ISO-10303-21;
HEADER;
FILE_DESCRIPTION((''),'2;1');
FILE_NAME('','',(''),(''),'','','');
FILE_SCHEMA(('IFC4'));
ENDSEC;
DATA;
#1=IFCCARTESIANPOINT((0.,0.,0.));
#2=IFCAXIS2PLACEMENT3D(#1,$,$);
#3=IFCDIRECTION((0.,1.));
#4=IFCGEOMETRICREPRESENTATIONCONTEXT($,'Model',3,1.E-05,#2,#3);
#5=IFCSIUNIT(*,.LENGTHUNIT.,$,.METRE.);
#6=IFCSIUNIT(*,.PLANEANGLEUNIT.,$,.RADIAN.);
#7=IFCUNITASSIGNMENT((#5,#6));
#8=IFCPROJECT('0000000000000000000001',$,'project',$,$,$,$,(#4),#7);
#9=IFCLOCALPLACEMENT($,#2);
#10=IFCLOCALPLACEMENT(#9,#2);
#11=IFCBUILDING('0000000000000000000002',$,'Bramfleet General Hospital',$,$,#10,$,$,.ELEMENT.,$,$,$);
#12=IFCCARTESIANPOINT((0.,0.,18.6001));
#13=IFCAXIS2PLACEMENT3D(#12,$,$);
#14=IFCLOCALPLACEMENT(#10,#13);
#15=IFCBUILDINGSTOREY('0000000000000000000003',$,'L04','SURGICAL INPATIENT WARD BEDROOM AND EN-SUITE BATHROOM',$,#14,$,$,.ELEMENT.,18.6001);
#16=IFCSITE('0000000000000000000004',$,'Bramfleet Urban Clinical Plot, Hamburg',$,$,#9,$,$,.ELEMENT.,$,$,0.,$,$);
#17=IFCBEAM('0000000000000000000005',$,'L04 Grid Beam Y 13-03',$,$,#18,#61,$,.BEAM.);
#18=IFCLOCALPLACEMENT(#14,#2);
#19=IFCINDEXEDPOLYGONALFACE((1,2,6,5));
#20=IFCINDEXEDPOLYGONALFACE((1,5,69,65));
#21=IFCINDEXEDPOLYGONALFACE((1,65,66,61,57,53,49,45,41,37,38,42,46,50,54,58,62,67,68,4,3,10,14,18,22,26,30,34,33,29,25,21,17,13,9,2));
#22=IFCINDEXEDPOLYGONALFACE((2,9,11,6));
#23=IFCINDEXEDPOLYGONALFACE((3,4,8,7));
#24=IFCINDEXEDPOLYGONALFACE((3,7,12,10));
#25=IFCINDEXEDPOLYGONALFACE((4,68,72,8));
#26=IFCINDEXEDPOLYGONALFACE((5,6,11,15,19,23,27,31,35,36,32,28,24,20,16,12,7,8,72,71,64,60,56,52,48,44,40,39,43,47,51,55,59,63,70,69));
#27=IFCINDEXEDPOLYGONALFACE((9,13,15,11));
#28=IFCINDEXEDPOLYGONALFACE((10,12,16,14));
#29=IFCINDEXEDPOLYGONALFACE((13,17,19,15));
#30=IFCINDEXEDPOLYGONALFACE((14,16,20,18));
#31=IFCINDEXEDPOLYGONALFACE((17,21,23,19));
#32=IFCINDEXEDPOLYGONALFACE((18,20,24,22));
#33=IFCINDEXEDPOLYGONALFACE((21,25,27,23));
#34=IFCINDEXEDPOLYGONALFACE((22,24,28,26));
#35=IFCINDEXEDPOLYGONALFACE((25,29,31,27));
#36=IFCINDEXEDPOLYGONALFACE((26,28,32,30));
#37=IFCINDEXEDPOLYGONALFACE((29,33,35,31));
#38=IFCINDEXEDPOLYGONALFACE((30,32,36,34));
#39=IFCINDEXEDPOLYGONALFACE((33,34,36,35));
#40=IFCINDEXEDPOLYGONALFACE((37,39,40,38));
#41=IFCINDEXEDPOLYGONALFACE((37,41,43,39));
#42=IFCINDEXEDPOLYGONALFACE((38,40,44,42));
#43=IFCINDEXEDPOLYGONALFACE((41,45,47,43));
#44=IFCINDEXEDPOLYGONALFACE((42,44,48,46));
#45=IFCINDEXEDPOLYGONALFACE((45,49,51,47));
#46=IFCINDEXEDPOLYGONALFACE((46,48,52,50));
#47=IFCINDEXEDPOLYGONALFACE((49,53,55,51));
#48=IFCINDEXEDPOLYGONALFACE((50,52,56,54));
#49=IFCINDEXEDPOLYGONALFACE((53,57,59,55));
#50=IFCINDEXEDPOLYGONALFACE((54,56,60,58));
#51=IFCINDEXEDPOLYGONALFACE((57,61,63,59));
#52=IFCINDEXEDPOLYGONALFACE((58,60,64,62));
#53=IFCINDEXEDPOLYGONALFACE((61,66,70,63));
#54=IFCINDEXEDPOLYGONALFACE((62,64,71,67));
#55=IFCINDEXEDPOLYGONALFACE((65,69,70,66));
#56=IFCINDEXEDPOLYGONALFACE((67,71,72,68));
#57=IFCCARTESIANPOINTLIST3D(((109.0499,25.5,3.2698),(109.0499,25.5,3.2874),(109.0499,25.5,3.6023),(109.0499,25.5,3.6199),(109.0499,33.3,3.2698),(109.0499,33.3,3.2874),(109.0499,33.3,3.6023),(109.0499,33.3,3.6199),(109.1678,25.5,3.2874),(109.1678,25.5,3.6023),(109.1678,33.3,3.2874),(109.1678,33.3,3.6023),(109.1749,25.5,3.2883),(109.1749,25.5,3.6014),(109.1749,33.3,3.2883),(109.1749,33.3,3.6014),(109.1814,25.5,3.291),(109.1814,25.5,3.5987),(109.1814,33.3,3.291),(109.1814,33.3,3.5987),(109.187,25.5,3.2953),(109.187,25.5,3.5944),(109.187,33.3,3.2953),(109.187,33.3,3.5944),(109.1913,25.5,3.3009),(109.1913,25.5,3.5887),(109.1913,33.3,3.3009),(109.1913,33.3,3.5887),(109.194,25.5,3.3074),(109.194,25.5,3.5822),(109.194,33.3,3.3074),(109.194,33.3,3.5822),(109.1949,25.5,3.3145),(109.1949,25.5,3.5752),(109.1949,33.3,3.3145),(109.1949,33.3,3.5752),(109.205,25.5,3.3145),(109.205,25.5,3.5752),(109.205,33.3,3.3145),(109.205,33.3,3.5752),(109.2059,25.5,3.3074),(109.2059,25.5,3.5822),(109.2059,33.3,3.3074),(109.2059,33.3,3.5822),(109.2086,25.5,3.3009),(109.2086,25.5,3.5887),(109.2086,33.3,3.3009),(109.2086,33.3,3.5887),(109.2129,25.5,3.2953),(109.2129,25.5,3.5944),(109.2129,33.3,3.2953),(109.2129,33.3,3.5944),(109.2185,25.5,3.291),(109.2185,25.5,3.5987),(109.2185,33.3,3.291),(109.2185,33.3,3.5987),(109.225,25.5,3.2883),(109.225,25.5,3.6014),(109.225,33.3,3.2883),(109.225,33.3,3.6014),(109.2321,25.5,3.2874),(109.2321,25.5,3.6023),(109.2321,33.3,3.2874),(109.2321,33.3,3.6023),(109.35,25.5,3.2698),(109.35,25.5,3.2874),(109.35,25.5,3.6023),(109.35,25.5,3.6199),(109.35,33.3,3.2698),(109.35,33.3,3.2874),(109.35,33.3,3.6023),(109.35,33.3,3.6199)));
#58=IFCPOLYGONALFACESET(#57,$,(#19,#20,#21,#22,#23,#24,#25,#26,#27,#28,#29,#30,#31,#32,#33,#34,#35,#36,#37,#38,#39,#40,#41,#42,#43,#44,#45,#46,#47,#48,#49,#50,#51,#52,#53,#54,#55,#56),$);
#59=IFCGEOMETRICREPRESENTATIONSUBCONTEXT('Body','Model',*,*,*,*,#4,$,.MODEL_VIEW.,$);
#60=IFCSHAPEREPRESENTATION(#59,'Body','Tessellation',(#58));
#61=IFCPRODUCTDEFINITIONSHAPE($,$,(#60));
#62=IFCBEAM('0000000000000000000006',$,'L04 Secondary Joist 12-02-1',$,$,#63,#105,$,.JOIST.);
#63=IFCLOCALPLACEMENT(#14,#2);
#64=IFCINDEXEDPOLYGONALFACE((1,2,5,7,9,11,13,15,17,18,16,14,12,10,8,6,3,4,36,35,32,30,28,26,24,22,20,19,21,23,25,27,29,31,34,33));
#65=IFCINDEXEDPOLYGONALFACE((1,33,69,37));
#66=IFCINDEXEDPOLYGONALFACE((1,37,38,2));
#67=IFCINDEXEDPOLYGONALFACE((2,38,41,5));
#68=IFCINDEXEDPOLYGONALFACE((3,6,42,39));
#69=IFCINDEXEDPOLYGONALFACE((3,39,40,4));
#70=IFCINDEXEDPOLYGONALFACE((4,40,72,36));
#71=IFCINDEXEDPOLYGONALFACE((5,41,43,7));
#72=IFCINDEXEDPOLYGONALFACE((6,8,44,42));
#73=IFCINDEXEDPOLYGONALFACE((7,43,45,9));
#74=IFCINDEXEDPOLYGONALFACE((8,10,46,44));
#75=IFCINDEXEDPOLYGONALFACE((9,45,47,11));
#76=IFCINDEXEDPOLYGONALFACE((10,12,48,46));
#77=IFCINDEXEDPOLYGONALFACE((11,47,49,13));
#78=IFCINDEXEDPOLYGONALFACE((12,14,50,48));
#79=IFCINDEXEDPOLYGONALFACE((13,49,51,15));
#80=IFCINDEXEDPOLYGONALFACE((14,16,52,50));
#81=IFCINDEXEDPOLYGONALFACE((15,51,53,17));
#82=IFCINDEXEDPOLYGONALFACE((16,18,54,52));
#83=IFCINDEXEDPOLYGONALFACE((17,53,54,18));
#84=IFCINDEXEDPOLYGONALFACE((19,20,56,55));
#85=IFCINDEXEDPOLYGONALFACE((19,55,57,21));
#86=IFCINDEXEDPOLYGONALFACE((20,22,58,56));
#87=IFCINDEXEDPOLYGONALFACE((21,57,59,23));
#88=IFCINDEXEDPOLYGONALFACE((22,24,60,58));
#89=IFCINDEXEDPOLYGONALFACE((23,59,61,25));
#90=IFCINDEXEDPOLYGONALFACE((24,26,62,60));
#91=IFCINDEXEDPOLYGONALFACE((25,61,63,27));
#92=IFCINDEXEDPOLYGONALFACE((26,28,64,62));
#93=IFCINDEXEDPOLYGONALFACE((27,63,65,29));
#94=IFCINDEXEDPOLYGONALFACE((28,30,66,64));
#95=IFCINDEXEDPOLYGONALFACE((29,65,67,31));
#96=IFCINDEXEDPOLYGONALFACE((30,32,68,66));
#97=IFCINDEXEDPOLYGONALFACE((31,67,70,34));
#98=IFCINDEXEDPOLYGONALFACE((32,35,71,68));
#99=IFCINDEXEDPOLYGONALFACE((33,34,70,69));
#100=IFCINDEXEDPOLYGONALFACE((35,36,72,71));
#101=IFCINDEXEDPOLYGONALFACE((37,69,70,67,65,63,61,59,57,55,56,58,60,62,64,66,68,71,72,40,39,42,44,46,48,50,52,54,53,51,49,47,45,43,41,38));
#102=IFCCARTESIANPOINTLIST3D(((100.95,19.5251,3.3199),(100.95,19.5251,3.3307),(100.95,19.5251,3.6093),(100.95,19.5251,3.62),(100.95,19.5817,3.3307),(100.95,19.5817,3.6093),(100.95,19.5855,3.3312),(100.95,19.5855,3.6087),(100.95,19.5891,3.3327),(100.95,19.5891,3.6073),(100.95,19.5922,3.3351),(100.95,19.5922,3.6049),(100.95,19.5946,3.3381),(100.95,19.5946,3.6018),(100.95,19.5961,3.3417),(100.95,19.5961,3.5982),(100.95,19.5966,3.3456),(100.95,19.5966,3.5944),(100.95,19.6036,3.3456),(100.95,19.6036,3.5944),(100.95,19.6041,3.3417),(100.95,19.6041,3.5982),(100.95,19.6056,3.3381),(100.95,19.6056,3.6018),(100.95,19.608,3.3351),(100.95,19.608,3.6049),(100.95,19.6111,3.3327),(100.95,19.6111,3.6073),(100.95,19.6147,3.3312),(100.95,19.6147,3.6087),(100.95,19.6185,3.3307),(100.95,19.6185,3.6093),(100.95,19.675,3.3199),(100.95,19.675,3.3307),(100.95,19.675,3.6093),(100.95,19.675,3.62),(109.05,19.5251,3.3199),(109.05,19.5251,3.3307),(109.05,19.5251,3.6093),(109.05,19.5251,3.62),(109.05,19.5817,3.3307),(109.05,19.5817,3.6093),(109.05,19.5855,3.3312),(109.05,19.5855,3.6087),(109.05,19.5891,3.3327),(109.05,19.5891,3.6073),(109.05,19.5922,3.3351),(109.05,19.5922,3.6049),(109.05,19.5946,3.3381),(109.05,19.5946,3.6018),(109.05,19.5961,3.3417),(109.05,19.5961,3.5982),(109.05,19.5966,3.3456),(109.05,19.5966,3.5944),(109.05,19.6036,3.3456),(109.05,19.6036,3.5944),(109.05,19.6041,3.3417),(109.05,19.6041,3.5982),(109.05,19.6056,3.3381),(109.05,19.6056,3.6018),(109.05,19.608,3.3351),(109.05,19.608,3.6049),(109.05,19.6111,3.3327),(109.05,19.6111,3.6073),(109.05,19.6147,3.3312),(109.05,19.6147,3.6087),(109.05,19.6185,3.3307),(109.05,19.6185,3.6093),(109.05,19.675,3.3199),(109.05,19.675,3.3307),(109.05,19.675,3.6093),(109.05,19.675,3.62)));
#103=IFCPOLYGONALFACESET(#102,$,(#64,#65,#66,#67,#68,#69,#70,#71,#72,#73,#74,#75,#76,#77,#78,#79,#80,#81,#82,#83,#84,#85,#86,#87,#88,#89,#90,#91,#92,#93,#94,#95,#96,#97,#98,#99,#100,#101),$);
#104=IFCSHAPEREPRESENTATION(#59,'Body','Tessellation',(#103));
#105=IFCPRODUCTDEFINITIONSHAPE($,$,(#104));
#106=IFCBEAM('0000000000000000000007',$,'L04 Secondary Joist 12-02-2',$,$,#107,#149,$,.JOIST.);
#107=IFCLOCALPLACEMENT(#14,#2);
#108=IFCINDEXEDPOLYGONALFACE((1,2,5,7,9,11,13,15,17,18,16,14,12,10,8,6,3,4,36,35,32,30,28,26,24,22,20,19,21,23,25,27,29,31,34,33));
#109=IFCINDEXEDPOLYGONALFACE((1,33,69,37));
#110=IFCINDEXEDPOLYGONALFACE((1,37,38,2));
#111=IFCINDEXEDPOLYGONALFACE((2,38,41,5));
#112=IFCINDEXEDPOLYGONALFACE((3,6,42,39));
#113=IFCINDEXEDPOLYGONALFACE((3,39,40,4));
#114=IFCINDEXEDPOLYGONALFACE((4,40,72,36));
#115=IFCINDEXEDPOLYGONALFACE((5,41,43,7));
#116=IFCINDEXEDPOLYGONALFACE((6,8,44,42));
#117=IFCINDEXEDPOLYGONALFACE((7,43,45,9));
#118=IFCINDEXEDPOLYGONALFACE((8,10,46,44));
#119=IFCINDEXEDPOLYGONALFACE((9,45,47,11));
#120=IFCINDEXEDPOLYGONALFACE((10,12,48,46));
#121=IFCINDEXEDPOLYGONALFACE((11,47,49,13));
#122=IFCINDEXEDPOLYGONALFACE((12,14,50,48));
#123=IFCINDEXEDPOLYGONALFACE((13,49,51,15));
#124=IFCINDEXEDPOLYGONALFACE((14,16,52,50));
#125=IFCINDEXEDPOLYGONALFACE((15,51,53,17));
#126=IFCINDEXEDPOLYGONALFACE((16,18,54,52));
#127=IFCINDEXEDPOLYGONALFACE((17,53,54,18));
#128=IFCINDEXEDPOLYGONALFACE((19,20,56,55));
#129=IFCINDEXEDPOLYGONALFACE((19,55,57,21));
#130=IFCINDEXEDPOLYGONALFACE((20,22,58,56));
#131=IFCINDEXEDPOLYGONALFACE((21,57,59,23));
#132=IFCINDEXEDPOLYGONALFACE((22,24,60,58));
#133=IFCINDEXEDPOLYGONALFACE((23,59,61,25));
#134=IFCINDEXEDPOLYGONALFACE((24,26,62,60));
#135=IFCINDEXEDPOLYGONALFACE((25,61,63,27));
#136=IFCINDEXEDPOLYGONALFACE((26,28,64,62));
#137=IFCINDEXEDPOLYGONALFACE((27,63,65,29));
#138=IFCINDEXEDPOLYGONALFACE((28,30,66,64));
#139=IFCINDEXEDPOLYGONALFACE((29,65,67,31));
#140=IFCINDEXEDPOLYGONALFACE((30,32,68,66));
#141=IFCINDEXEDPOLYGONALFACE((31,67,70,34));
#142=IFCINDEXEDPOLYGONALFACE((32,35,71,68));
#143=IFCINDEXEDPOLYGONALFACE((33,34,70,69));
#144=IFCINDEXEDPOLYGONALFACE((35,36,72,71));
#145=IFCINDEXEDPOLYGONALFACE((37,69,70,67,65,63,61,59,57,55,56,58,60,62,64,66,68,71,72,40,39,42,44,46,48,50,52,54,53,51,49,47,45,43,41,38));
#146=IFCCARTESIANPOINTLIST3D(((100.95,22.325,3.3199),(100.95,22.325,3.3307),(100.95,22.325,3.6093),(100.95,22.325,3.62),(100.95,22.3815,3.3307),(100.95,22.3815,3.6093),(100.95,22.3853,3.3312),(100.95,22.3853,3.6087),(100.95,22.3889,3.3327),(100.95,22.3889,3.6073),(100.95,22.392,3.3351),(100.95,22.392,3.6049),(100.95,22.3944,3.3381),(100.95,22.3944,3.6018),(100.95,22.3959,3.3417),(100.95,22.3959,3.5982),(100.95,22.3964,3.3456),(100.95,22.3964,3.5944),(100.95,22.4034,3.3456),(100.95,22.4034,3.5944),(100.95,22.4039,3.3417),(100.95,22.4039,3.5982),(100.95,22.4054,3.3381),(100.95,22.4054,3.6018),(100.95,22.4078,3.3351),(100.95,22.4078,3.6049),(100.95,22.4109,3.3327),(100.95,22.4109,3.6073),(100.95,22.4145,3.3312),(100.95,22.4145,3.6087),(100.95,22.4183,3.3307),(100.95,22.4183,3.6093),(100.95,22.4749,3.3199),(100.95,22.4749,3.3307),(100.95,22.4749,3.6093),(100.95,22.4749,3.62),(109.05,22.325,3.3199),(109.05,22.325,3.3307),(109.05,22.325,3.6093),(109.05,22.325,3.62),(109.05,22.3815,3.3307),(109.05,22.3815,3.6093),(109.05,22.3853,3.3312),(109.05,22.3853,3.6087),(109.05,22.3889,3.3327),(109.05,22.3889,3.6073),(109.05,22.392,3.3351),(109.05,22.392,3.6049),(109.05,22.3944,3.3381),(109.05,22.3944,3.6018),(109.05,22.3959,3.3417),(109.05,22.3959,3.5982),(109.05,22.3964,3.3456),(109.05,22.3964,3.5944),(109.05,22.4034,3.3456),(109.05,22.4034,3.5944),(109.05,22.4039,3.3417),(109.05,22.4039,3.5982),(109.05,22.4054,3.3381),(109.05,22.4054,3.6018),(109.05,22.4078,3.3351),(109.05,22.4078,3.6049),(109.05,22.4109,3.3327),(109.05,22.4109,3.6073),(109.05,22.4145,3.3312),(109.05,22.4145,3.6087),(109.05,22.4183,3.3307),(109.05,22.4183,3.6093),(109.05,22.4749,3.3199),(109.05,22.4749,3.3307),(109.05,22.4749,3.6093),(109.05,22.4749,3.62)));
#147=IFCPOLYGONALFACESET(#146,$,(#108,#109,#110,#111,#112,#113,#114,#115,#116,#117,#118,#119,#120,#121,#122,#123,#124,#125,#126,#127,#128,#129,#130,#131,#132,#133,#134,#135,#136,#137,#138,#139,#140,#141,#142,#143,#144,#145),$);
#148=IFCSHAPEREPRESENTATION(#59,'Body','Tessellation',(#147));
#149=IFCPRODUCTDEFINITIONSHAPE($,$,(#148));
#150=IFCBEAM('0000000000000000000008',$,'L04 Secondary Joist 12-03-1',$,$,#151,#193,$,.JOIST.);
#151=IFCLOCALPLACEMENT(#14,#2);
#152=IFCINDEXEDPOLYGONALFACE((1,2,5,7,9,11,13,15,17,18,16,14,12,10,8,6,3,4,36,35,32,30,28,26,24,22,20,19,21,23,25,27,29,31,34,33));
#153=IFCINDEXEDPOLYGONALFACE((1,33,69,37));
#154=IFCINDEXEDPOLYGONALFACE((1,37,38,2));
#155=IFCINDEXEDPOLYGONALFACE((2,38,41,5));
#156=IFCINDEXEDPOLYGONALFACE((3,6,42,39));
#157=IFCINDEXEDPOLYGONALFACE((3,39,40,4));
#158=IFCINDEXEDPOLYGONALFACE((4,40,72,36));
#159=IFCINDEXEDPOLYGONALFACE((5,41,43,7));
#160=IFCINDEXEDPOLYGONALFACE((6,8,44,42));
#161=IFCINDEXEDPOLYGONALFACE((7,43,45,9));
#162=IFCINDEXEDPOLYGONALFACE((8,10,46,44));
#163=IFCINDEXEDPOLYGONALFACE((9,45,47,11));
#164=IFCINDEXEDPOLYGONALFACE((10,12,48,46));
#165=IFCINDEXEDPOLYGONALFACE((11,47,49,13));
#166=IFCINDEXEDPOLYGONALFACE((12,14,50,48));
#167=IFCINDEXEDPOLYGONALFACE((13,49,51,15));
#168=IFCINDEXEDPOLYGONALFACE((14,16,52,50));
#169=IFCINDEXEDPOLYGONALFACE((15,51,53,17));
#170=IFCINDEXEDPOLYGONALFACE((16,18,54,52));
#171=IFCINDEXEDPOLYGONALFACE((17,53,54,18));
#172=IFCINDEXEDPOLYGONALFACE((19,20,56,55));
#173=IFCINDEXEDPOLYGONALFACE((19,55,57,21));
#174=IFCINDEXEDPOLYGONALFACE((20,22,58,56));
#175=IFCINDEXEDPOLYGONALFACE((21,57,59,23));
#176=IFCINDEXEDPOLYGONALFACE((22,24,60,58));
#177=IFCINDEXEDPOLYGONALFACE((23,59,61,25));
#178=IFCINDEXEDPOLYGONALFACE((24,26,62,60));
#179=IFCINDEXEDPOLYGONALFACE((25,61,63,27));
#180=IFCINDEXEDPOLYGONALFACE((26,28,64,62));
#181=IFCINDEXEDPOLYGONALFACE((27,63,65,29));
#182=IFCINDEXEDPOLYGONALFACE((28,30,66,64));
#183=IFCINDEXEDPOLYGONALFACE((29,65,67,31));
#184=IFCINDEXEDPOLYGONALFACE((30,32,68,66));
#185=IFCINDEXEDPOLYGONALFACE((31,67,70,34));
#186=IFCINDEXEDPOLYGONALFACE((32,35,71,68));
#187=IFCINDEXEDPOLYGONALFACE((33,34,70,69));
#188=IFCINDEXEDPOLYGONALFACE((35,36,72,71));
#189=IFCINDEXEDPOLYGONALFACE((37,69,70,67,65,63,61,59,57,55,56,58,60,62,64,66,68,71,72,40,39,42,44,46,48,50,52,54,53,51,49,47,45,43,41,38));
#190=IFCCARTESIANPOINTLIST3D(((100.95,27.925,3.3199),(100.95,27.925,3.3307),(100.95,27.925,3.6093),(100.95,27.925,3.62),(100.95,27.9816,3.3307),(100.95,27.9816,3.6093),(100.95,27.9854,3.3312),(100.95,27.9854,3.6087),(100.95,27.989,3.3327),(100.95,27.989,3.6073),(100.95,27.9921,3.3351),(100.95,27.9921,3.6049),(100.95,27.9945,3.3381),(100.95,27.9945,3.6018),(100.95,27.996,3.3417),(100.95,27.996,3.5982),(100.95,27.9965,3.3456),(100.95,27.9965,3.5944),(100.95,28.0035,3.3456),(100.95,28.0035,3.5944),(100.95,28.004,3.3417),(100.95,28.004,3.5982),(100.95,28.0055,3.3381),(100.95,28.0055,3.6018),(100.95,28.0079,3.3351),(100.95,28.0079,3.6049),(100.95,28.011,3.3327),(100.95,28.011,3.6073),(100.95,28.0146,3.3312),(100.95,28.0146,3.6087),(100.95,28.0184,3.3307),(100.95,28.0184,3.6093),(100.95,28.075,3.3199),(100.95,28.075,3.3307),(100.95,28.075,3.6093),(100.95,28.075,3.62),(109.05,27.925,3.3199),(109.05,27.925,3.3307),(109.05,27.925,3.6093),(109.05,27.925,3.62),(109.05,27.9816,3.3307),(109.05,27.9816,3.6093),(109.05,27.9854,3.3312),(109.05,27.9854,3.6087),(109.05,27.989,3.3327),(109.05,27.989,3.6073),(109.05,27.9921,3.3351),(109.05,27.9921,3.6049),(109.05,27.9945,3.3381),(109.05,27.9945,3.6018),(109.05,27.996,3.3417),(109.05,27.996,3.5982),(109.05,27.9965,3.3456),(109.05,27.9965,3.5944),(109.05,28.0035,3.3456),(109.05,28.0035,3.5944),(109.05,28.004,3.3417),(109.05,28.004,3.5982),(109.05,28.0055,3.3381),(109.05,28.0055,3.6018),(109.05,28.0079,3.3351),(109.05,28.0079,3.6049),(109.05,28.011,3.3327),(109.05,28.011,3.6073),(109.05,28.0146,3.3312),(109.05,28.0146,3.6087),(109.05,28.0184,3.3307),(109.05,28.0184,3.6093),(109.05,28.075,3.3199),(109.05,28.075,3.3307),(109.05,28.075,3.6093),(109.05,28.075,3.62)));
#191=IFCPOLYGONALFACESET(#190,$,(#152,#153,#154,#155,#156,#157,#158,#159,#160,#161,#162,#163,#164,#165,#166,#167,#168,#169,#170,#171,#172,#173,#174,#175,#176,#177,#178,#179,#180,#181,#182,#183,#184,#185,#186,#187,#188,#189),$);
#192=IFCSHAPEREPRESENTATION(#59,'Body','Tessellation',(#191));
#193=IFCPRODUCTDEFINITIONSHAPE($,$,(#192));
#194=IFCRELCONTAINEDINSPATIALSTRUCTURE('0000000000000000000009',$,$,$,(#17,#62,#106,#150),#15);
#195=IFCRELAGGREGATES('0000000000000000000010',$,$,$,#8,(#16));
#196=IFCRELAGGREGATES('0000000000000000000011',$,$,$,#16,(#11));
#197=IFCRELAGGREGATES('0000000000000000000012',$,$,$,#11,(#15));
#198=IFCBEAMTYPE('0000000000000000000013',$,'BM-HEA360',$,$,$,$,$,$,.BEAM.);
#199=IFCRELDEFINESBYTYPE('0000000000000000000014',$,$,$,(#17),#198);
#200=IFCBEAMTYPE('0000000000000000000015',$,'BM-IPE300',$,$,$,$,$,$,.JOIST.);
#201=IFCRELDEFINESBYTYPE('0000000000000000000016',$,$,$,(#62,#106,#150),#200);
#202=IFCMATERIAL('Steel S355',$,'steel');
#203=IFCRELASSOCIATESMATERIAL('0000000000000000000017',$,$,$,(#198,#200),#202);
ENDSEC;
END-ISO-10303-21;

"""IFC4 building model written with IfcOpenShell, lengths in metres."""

from ifc_helpers import new_model, si_unit, direction, frame, origin, origin_2d, place, context, subcontext, project, spatial, i_section, extrude, material, material_profile, profile_set, type_object, element, save


model = new_model("IFC4")

# Units and contexts
model_context = context("Model", 3, precision=1e-05, world=origin(), true_north=direction((0.0, 1.0)))
body_context = subcontext(model_context, "Body", "Model", "MODEL_VIEW")
ifc_project = project(units=[si_unit("LENGTHUNIT", "METRE"), si_unit("PLANEANGLEUNIT", "RADIAN")], contexts=[model_context])

# Site, building, storey
site_placement = place(None, origin())
site = spatial("IfcSite", under=ifc_project, at=site_placement, Name="Bramfleet Urban Clinical Plot, Hamburg", CompositionType="ELEMENT", RefElevation=0.0)
building_placement = place(site_placement, origin())
building = spatial("IfcBuilding", under=site, at=building_placement, Name="Bramfleet General Hospital", CompositionType="ELEMENT")
storey_placement = place(building_placement, frame((0.0, 0.0, 18.6001)))
storey = spatial("IfcBuildingStorey", under=building, at=storey_placement, Name="L04", Description="SURGICAL INPATIENT WARD BEDROOM AND EN-SUITE BATHROOM", CompositionType="ELEMENT", Elevation=18.6001)

# Beams
ifc_material_1 = material(Name="Steel S355", Category="steel")
ifc_material_profile_1 = material_profile(ifc_material_1, i_section(OverallWidth=0.3, OverallDepth=0.3501, WebThickness=0.01, FlangeThickness=0.0176, FilletRadius=0.0271, at=origin_2d()), Name="HEA 360")
ifc_profile_set_1 = profile_set([ifc_material_profile_1], Name="Steel S355")
beam_type_1 = type_object("IfcBeamType", Name="BM-HEA360", PredefinedType="BEAM", material=ifc_profile_set_1)
beam_1_placement = place(storey_placement, frame((109.2, 25.5, 3.4448), z_axis=(0.0, 1.0, 0.0), x_axis=(-1.0, 0.0, 0.0)))
element("IfcBeam", 1, at=beam_1_placement, inside=storey, type_object=beam_type_1, Name="L04 Grid Beam Y 13-03", PredefinedType="BEAM", context=body_context, shape_type="SweptSolid", body=[
    extrude(i_section(OverallWidth=0.3, OverallDepth=0.3501, WebThickness=0.01, FlangeThickness=0.0176, FilletRadius=0.0271, at=origin_2d()), origin(), (0.0, 0.0, 1.0), 7.8),
])
ifc_material_profile_2 = material_profile(ifc_material_1, i_section(OverallWidth=0.1499, OverallDepth=0.3, WebThickness=0.0071, FlangeThickness=0.0107, FilletRadius=0.0149, at=origin_2d()), Name="IPE 300")
ifc_profile_set_2 = profile_set([ifc_material_profile_2], Name="Steel S355")
beam_type_2 = type_object("IfcBeamType", Name="BM-IPE300", PredefinedType="JOIST", material=ifc_profile_set_2)
for number, where, z_axis, x_axis, name in (
    (2, (100.95, 19.6001, 3.47), (1.0, 0.0, 0.0), (0.0, 1.0, 0.0), "L04 Secondary Joist 12-02-1"),
    (3, (100.95, 22.3999, 3.47), (1.0, 0.0, 0.0), (0.0, 1.0, 0.0), "L04 Secondary Joist 12-02-2"),
    (4, (100.95, 28.0, 3.47), (1.0, 0.0, 0.0), (0.0, 1.0, 0.0), "L04 Secondary Joist 12-03-1"),
):
    element("IfcBeam", number, at=place(storey_placement, frame(where, z_axis=z_axis, x_axis=x_axis)), inside=storey, type_object=beam_type_2, Name=name, PredefinedType="JOIST", context=body_context, shape_type="SweptSolid", body=[
        extrude(i_section(OverallWidth=0.1499, OverallDepth=0.3, WebThickness=0.0071, FlangeThickness=0.0107, FilletRadius=0.0149, at=origin_2d()), origin(), (0.0, 0.0, 1.0), 8.1001),
    ])

save(model, "model.ifc")
